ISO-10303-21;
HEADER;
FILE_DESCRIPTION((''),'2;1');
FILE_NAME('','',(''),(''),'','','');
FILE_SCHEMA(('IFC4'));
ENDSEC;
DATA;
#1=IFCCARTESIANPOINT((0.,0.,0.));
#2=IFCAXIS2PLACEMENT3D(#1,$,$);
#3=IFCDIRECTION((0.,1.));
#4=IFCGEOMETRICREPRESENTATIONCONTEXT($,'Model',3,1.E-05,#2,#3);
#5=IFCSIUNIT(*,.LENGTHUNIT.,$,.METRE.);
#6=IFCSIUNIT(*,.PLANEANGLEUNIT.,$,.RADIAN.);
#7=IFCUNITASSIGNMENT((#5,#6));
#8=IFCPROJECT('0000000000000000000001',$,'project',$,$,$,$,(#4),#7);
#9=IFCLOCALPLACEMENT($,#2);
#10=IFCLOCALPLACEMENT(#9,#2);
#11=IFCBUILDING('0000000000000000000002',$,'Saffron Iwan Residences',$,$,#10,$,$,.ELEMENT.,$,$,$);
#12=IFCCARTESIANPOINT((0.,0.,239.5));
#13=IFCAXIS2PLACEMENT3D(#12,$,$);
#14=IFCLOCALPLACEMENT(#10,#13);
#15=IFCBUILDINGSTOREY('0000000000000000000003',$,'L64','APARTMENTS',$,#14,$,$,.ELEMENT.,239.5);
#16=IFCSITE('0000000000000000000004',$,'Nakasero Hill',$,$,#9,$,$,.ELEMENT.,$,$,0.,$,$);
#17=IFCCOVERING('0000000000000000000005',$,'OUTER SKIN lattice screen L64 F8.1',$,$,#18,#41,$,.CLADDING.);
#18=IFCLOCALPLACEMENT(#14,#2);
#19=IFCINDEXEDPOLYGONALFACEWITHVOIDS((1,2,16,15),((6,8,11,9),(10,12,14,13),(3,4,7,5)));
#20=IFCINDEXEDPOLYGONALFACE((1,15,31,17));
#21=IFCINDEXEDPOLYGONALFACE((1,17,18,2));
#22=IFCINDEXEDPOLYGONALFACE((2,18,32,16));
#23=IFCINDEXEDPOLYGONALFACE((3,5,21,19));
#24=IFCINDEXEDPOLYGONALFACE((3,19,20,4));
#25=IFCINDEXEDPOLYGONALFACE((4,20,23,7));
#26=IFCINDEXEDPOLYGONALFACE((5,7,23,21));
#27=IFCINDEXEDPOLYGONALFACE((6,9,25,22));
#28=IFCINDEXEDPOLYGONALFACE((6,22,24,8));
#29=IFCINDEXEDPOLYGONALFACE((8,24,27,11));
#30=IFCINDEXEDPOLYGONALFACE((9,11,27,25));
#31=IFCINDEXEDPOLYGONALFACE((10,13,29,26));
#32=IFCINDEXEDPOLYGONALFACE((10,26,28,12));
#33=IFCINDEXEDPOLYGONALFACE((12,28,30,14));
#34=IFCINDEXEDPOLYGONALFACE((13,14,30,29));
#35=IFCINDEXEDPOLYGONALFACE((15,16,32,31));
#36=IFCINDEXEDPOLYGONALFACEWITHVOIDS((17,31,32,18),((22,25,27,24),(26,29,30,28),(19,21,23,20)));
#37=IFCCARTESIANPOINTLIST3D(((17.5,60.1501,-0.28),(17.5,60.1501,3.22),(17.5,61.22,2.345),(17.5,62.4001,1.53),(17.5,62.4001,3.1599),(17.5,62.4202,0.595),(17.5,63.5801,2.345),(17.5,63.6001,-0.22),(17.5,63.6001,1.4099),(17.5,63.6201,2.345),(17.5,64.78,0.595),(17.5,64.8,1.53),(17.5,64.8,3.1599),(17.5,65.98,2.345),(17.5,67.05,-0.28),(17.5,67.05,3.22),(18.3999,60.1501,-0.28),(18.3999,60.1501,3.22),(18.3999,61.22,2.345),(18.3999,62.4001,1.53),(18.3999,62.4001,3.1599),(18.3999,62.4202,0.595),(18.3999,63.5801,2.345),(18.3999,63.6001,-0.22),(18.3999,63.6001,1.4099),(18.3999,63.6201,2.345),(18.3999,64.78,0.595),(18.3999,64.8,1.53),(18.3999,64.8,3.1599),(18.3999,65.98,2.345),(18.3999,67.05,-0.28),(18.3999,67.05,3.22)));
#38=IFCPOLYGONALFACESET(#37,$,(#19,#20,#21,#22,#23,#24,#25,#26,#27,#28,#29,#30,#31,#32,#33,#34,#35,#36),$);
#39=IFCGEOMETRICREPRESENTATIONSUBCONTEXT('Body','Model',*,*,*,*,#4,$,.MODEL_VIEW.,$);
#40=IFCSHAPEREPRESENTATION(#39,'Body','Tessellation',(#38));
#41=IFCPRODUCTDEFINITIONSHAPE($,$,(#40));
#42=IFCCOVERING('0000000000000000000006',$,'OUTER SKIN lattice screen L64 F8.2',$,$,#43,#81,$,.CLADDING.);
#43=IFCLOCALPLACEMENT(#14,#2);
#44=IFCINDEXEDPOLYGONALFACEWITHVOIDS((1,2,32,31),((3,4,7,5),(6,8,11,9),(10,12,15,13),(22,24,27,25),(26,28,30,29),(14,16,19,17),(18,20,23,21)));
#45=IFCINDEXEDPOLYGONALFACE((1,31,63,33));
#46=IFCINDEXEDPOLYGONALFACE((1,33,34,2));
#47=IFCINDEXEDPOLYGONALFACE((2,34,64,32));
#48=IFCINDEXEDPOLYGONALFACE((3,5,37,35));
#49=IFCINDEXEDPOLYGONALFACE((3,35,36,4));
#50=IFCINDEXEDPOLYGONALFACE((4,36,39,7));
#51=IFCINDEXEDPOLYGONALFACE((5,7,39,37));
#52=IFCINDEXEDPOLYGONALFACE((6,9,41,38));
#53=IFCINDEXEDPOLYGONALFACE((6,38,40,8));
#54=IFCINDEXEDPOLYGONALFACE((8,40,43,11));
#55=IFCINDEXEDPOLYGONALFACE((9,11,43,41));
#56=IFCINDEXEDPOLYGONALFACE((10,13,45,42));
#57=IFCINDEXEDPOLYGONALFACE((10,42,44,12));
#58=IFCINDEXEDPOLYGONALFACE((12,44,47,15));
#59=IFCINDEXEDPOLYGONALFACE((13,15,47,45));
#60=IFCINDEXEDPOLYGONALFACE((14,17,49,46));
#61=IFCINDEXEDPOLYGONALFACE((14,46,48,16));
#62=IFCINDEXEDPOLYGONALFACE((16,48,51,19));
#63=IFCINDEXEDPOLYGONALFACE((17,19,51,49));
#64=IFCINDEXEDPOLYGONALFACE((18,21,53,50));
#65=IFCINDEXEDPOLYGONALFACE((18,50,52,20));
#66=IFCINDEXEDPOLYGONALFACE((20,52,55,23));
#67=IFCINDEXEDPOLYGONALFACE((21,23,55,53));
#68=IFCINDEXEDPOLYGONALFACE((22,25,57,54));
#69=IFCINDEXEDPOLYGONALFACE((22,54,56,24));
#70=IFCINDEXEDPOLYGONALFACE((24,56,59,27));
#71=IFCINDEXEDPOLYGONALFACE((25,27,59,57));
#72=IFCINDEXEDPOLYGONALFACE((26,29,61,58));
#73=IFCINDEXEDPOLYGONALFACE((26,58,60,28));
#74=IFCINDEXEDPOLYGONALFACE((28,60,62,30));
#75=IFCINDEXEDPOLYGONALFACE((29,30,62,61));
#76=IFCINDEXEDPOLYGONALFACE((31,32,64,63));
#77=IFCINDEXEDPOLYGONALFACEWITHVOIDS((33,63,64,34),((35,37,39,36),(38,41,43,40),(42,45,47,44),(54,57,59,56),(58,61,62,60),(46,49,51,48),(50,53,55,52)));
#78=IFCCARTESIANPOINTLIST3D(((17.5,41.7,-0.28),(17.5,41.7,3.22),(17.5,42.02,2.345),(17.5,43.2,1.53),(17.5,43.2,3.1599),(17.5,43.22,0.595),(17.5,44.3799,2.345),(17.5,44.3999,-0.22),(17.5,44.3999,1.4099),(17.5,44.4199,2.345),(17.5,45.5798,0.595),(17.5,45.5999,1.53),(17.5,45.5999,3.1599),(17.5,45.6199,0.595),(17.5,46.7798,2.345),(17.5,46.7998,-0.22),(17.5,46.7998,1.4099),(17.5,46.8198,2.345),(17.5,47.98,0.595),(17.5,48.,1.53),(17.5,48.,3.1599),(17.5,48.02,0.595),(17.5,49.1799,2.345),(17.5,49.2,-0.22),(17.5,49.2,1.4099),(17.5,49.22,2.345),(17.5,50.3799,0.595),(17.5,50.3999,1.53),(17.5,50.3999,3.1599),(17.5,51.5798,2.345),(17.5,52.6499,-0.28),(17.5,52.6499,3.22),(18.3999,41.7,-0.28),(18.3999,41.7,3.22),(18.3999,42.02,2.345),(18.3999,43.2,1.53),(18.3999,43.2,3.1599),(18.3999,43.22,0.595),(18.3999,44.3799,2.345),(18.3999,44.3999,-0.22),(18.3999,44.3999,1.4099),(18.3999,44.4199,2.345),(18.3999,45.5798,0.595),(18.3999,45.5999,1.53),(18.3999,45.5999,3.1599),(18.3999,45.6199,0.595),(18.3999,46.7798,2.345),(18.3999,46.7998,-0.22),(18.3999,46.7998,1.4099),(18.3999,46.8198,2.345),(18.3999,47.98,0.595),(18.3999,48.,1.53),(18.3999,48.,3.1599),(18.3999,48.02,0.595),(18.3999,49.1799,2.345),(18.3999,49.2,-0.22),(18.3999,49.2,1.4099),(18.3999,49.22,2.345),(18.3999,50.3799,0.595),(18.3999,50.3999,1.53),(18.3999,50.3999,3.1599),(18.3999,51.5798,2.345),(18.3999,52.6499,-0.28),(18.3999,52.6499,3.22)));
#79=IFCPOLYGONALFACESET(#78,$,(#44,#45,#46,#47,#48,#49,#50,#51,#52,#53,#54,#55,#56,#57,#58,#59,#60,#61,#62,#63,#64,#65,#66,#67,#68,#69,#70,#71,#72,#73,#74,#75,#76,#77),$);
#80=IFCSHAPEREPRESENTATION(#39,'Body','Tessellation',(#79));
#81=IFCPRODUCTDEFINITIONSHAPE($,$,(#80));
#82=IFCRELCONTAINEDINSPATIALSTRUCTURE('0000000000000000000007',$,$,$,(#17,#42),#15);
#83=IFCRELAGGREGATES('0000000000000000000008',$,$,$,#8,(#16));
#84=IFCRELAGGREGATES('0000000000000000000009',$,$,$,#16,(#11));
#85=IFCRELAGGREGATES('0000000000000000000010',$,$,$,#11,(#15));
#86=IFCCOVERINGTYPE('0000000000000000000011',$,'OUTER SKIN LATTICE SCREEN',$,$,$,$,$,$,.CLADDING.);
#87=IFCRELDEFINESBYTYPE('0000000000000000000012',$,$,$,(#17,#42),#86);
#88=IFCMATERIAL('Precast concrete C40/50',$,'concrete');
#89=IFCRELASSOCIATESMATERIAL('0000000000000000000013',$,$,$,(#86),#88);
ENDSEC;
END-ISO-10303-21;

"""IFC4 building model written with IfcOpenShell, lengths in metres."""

from ifc_helpers import new_model, si_unit, direction, frame, origin, place, context, subcontext, project, spatial, polyline, outline, extrude, material, type_object, element, save


model = new_model("IFC4")

# Units and contexts
model_context = context("Model", 3, precision=1e-05, world=origin(), true_north=direction((0.0, 1.0)))
body_context = subcontext(model_context, "Body", "Model", "MODEL_VIEW")
ifc_project = project(units=[si_unit("LENGTHUNIT", "METRE"), si_unit("PLANEANGLEUNIT", "RADIAN")], contexts=[model_context])

# Site, building, storey
site_placement = place(None, origin())
site = spatial("IfcSite", under=ifc_project, at=site_placement, Name="Nakasero Hill", CompositionType="ELEMENT", RefElevation=0.0)
building_placement = place(site_placement, origin())
building = spatial("IfcBuilding", under=site, at=building_placement, Name="Saffron Iwan Residences", CompositionType="ELEMENT")
storey_placement = place(building_placement, frame((0.0, 0.0, 239.5)))
storey = spatial("IfcBuildingStorey", under=building, at=storey_placement, Name="L64", Description="APARTMENTS", CompositionType="ELEMENT", Elevation=239.5)

# Coverings
ifc_material_1 = material(Name="Precast concrete C40/50", Category="concrete")
covering_type = type_object("IfcCoveringType", Name="OUTER SKIN LATTICE SCREEN", PredefinedType="CLADDING", material=ifc_material_1)
covering_1_placement = place(storey_placement, frame((18.3999, 67.05, -0.28), z_axis=(-1.0, 0.0, 0.0), x_axis=(0.0, -1.0, 0.0)))
element("IfcCovering", 1, at=covering_1_placement, inside=storey, type_object=covering_type, Name="OUTER SKIN lattice screen L64 F8.1", PredefinedType="CLADDING", context=body_context, shape_type="SweptSolid", body=[
    extrude(outline(polyline([(0.0, 0.0), (6.8999, 0.0), (6.8999, 3.5), (0.0, 3.5), (0.0, 0.0)]), holes=[polyline([(2.27, 0.875), (3.45, 0.0601), (4.6299, 0.875), (3.45, 1.6899), (2.27, 0.875)]), polyline([(1.0701, 2.625), (2.25, 1.8101), (3.4299, 2.625), (2.25, 3.4399), (1.0701, 2.625)]), polyline([(3.47, 2.625), (4.6499, 1.8101), (5.8301, 2.625), (4.6499, 3.4399), (3.47, 2.625)])]), origin(), (0.0, 0.0, 1.0), 0.8999),
])
covering_2_placement = place(storey_placement, frame((18.3999, 52.6499, -0.28), z_axis=(-1.0, 0.0, 0.0), x_axis=(0.0, -1.0, 0.0)))
element("IfcCovering", 2, at=covering_2_placement, inside=storey, type_object=covering_type, Name="OUTER SKIN lattice screen L64 F8.2", PredefinedType="CLADDING", context=body_context, shape_type="SweptSolid", body=[
    extrude(outline(polyline([(0.0, 0.0), (10.95, 0.0), (10.95, 3.5), (0.0, 3.5), (0.0, 0.0)]), holes=[polyline([(2.27, 0.875), (3.45, 0.0601), (4.6299, 0.875), (3.45, 1.6899), (2.27, 0.875)]), polyline([(4.6699, 0.875), (5.8501, 0.0601), (7.03, 0.875), (5.8501, 1.6899), (4.6699, 0.875)]), polyline([(7.0701, 0.875), (8.25, 0.0601), (9.4299, 0.875), (8.25, 1.6899), (7.0701, 0.875)]), polyline([(1.0701, 2.625), (2.25, 1.8101), (3.4299, 2.625), (2.25, 3.4399), (1.0701, 2.625)]), polyline([(3.47, 2.625), (4.6499, 1.8101), (5.8301, 2.625), (4.6499, 3.4399), (3.47, 2.625)]), polyline([(5.8701, 2.625), (7.05, 1.8101), (8.23, 2.625), (7.05, 3.4399), (5.8701, 2.625)]), polyline([(8.27, 2.625), (9.45, 1.8101), (10.6299, 2.625), (9.45, 3.4399), (8.27, 2.625)])]), origin(), (0.0, 0.0, 1.0), 0.8999),
])

save(model, "model.ifc")
